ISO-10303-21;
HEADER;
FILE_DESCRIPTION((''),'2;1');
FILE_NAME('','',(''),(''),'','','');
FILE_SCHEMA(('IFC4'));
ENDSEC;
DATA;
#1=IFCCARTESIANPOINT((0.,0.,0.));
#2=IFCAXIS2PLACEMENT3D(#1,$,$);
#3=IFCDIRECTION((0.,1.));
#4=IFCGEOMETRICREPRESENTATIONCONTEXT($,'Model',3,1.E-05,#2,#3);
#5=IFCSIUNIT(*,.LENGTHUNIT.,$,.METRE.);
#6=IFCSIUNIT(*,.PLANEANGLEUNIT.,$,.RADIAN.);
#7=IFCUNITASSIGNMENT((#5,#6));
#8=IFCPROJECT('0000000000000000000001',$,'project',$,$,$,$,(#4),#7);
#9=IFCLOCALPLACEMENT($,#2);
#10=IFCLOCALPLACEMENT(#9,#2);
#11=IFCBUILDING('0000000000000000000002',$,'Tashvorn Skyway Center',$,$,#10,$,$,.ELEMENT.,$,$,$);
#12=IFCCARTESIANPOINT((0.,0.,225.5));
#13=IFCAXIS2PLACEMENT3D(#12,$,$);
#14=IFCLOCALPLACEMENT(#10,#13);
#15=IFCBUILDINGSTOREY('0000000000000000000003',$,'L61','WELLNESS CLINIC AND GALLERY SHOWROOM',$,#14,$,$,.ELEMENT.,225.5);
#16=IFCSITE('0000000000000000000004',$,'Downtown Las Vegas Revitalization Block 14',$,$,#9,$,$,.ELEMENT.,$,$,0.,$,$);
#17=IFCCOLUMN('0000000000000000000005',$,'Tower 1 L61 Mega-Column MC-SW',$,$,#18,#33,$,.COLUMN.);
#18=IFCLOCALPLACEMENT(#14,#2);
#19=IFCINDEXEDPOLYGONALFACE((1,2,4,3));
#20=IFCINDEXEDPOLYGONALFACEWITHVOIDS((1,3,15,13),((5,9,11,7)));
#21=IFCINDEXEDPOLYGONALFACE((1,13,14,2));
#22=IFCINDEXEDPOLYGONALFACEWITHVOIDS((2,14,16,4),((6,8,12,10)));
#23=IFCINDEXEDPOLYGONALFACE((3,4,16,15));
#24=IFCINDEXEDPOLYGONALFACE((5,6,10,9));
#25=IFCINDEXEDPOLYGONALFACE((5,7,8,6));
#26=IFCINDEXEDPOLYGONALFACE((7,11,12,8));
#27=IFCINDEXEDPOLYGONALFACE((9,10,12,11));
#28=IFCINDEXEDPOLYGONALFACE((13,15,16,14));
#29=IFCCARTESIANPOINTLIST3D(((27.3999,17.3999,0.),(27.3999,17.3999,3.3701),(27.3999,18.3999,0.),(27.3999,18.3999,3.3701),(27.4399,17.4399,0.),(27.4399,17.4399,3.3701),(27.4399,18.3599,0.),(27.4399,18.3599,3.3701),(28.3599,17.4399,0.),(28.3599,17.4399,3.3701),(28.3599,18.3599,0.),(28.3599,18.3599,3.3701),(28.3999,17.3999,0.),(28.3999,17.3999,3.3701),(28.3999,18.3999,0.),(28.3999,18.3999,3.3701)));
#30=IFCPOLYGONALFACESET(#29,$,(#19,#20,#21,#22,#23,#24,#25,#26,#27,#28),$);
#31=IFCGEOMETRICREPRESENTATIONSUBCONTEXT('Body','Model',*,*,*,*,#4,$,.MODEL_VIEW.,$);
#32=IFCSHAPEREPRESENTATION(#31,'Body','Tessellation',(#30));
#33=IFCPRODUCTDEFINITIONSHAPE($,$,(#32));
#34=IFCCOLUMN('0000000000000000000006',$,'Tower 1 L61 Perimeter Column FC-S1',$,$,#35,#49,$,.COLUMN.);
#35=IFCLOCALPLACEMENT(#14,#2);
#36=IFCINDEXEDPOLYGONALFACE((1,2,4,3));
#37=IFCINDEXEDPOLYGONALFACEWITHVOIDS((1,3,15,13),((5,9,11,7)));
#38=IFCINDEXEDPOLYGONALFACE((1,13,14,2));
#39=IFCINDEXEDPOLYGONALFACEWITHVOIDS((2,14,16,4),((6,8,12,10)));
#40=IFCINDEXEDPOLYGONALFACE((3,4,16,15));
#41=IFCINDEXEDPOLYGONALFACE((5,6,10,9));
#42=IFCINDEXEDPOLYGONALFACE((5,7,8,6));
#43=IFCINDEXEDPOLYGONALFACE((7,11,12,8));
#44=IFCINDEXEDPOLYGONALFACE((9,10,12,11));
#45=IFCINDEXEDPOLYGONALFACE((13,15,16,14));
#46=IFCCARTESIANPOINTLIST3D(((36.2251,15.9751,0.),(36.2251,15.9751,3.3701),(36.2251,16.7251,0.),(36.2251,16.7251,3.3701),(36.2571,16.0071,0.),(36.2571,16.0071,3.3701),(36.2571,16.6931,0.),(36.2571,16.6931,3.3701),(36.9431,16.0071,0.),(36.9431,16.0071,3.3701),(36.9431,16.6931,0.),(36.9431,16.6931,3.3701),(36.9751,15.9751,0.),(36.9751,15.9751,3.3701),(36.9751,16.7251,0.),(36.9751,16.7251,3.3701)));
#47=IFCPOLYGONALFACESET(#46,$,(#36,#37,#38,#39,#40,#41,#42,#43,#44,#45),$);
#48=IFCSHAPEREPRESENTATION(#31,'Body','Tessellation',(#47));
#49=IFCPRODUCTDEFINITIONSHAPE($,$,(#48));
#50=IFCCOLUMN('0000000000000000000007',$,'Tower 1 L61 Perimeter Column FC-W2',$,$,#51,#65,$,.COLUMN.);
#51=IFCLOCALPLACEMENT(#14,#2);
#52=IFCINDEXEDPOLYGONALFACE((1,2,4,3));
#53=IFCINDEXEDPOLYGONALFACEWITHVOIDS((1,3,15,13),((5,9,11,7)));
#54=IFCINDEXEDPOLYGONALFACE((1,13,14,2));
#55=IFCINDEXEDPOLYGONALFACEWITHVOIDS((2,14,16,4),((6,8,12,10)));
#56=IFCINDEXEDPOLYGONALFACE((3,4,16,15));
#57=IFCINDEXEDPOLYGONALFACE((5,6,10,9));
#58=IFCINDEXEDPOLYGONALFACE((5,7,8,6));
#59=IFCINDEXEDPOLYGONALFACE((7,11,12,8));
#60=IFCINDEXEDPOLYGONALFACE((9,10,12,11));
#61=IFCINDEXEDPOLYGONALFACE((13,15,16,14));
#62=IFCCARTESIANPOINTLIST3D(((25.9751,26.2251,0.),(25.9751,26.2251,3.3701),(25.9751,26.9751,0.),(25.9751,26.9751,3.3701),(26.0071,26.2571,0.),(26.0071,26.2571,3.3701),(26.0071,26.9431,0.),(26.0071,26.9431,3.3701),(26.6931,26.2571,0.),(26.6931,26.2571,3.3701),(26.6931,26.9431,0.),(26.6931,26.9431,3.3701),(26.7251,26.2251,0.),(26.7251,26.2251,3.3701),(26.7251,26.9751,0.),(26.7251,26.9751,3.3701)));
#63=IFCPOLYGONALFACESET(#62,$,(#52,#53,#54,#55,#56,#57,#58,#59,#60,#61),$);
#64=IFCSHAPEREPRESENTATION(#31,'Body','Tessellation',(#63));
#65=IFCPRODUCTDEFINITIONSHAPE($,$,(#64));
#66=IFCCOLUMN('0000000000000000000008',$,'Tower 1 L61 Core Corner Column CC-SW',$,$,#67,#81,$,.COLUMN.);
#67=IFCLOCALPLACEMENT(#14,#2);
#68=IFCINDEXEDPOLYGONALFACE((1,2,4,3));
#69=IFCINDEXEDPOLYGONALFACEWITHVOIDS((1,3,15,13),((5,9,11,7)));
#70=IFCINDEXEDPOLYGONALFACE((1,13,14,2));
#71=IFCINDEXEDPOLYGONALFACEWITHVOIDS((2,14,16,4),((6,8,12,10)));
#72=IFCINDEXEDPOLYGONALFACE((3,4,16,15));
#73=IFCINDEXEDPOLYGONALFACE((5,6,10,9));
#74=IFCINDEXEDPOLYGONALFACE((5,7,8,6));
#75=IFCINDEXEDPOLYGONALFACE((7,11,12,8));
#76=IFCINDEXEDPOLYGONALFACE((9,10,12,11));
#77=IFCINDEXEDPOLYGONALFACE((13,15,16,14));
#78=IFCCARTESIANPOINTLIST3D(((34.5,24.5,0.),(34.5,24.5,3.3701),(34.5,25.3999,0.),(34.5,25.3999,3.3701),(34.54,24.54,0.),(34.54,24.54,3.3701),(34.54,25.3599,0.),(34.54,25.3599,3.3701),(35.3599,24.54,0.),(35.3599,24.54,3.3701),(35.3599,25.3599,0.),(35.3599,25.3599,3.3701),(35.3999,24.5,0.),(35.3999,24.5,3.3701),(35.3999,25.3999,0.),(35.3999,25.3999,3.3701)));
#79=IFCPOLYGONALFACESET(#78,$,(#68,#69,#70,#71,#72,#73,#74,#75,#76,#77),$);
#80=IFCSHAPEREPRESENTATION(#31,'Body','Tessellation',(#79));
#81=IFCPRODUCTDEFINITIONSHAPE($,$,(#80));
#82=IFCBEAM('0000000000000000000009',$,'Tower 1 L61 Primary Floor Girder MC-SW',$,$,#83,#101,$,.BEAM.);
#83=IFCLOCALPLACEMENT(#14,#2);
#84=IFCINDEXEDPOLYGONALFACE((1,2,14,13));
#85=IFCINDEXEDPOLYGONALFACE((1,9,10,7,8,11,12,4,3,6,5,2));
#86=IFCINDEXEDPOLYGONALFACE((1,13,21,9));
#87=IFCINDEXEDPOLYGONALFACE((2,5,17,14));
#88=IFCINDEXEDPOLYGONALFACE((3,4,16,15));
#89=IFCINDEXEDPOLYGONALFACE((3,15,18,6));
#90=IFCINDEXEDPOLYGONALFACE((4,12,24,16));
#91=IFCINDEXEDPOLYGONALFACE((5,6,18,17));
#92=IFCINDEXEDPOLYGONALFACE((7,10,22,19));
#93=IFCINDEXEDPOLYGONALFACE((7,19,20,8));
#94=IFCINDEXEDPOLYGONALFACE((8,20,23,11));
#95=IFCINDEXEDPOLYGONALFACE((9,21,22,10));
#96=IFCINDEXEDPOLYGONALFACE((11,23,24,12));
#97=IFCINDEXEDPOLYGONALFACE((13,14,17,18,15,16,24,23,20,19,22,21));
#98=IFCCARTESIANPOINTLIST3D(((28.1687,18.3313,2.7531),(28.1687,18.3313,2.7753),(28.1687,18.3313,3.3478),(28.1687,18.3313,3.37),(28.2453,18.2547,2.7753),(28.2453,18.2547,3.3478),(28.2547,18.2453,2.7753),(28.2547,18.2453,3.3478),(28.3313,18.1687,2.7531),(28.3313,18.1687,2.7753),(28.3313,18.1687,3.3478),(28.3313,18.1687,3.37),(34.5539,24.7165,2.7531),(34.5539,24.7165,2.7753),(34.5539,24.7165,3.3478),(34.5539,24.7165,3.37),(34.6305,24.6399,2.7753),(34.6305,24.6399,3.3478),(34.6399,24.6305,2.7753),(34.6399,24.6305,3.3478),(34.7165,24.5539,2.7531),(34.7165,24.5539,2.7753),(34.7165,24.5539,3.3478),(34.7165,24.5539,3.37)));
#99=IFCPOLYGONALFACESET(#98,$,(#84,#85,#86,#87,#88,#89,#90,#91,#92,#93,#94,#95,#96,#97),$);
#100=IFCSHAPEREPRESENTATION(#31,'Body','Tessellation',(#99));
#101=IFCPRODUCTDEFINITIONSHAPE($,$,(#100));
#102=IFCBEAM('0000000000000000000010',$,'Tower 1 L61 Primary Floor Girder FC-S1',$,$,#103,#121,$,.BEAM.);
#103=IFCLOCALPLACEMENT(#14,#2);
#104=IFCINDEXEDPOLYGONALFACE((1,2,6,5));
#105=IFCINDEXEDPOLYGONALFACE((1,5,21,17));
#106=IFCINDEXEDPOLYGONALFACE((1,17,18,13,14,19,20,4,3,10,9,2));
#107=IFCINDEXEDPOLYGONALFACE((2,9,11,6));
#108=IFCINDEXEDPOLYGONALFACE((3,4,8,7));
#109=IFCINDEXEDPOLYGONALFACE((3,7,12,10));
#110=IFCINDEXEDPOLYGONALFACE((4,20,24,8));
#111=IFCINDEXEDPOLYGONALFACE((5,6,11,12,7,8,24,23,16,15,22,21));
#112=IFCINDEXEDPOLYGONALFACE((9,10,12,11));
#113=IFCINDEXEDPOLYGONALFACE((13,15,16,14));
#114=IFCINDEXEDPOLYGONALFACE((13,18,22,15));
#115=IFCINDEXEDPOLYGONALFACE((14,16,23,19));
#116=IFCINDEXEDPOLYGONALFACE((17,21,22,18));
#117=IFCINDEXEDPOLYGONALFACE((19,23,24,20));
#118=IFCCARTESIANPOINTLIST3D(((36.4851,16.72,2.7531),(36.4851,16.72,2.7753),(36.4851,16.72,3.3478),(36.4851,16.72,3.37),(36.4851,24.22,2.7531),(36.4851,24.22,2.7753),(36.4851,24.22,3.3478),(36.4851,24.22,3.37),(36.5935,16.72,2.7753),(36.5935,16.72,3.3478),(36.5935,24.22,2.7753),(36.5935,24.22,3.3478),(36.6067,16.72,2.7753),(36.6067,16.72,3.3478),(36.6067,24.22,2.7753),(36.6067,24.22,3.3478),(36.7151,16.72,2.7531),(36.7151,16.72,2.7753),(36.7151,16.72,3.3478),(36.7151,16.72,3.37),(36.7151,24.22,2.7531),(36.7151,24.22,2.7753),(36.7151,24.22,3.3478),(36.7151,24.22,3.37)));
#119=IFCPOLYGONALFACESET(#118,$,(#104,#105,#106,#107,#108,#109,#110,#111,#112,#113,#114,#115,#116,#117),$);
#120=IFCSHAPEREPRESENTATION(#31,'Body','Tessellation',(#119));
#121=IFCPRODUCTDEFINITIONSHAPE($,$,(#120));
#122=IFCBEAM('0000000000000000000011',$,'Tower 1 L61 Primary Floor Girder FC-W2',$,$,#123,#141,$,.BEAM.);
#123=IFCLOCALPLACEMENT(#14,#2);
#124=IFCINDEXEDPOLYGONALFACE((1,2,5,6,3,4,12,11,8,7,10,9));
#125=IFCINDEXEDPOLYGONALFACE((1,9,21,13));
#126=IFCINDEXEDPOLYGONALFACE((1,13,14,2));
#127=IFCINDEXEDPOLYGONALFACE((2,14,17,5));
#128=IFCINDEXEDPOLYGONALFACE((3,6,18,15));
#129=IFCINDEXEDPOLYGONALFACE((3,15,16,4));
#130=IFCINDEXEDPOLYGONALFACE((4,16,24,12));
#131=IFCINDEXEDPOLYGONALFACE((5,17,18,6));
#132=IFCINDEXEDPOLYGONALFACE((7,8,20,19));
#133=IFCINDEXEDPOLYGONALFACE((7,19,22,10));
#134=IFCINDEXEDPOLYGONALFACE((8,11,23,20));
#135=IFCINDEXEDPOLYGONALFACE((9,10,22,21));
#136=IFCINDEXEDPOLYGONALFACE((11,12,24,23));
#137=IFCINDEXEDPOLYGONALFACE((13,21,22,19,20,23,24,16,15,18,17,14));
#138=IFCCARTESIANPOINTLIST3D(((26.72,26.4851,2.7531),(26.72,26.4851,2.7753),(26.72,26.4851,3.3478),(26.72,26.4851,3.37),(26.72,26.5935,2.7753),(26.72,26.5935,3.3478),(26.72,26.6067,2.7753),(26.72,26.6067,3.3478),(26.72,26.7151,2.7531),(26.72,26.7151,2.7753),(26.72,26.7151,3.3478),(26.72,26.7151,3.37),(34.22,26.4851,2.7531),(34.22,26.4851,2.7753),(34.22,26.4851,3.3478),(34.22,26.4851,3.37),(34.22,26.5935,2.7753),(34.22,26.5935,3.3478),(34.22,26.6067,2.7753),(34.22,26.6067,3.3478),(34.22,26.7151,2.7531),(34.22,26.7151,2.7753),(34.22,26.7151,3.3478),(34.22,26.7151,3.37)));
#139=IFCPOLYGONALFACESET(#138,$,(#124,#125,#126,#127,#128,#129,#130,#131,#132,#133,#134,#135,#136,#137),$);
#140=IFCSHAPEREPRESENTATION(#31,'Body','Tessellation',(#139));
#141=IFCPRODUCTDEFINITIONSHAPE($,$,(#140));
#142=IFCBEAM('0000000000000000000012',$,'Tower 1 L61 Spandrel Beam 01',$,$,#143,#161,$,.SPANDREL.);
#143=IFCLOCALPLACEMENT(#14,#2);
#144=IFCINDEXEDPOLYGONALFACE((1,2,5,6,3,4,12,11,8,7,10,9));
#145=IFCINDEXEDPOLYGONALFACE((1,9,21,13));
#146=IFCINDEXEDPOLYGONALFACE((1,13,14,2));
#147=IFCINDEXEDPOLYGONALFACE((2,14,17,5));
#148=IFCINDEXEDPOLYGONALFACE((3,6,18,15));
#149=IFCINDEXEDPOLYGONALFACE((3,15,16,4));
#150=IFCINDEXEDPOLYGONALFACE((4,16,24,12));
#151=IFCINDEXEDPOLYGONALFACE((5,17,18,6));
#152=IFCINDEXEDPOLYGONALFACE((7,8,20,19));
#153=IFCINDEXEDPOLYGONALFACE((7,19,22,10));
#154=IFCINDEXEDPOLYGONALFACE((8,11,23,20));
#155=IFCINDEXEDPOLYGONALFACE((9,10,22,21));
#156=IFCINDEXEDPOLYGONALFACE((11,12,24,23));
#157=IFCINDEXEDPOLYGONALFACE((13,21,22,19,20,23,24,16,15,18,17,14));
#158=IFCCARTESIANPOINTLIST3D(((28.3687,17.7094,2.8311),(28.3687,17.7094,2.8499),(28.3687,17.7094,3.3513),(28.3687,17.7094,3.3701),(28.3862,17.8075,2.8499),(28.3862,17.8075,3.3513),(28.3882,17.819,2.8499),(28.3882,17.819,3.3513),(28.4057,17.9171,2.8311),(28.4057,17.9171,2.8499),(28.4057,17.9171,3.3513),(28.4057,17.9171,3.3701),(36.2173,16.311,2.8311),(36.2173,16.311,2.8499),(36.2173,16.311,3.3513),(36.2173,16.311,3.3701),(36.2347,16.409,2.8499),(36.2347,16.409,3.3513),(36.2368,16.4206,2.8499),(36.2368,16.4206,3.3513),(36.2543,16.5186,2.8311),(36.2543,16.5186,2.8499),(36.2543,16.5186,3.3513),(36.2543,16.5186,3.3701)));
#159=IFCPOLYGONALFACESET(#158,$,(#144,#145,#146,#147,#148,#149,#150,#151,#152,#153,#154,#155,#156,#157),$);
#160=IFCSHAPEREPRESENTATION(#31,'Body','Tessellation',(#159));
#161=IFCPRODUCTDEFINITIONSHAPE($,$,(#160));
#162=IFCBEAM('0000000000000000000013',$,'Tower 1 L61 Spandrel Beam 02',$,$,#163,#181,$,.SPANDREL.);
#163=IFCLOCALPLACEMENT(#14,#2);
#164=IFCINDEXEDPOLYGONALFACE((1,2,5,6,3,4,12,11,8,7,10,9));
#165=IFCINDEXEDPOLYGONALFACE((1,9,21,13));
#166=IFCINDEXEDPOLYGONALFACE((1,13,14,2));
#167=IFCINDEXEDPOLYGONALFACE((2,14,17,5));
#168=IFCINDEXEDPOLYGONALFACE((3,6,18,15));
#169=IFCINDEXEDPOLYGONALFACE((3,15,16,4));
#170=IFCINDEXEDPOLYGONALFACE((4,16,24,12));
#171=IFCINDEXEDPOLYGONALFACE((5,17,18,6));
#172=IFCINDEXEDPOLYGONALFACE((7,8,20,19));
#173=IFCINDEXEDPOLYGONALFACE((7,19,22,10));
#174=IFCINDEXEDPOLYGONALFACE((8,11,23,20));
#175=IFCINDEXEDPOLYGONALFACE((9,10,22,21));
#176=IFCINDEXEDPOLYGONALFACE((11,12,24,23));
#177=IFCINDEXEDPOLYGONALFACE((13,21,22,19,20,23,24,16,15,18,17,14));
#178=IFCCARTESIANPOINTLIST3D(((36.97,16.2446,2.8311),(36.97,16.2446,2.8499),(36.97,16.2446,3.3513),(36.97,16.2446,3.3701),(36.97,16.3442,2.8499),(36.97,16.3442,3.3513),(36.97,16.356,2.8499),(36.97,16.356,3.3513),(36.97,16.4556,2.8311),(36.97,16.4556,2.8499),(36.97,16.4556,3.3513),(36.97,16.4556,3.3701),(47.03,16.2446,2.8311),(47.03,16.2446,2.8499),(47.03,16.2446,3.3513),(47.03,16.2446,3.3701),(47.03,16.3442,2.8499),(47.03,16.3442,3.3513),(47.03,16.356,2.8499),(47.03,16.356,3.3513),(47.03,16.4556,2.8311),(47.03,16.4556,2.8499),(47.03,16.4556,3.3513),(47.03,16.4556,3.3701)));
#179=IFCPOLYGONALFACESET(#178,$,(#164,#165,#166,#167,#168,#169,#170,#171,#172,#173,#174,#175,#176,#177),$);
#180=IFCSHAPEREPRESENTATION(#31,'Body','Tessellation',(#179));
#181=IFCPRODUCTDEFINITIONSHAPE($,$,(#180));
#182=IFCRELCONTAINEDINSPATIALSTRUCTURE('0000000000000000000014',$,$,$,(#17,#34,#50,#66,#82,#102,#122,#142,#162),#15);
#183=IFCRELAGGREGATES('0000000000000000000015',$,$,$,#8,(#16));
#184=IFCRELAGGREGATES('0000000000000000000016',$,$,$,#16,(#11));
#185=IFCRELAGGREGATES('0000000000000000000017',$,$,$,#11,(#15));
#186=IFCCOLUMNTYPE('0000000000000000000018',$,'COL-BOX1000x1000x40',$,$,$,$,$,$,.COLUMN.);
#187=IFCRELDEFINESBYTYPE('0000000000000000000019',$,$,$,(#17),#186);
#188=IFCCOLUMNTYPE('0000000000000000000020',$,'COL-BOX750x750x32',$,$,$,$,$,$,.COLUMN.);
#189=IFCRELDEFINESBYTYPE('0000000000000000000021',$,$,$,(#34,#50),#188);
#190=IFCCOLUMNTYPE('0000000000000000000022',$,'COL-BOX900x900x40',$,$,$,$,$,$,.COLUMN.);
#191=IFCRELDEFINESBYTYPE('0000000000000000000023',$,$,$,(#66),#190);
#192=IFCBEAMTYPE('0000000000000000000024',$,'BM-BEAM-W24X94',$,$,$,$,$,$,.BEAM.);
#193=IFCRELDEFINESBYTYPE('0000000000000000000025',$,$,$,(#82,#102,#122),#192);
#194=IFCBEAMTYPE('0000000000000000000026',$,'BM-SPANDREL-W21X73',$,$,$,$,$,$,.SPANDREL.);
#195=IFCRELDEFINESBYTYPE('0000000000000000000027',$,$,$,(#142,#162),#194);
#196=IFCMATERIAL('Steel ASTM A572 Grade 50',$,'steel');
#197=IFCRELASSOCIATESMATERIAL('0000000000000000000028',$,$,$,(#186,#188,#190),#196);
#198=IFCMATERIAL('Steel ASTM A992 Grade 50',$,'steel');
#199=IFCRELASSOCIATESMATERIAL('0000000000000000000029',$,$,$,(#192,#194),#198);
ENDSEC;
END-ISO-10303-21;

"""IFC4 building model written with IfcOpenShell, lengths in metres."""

from ifc_helpers import new_model, si_unit, direction, frame, origin, origin_2d, place, context, subcontext, project, spatial, hollow_rectangle, i_section, extrude, material, material_profile, profile_set, type_object, element, save


model = new_model("IFC4")

# Units and contexts
model_context = context("Model", 3, precision=1e-05, world=origin(), true_north=direction((0.0, 1.0)))
body_context = subcontext(model_context, "Body", "Model", "MODEL_VIEW")
ifc_project = project(units=[si_unit("LENGTHUNIT", "METRE"), si_unit("PLANEANGLEUNIT", "RADIAN")], contexts=[model_context])

# Site, building, storey
site_placement = place(None, origin())
site = spatial("IfcSite", under=ifc_project, at=site_placement, Name="Downtown Las Vegas Revitalization Block 14", CompositionType="ELEMENT", RefElevation=0.0)
building_placement = place(site_placement, origin())
building = spatial("IfcBuilding", under=site, at=building_placement, Name="Tashvorn Skyway Center", CompositionType="ELEMENT")
storey_placement = place(building_placement, frame((0.0, 0.0, 225.5)))
storey = spatial("IfcBuildingStorey", under=building, at=storey_placement, Name="L61", Description="WELLNESS CLINIC AND GALLERY SHOWROOM", CompositionType="ELEMENT", Elevation=225.5)

# Columns
ifc_material_1 = material(Name="Steel ASTM A572 Grade 50", Category="steel")
ifc_material_profile_1 = material_profile(ifc_material_1, hollow_rectangle(XDim=1.0, YDim=1.0, WallThickness=0.04, at=origin_2d()), Name="BOX1000x1000x40")
ifc_profile_set_1 = profile_set([ifc_material_profile_1], Name="Steel ASTM A572 Grade 50")
column_type_1 = type_object("IfcColumnType", Name="COL-BOX1000x1000x40", PredefinedType="COLUMN", material=ifc_profile_set_1)
column_1_placement = place(storey_placement, frame((27.8999, 17.8999, 0.0), z_axis=(0.0, 0.0, 1.0), x_axis=(1.0, 0.0, 0.0)))
element("IfcColumn", 1, at=column_1_placement, inside=storey, type_object=column_type_1, Name="Tower 1 L61 Mega-Column MC-SW", PredefinedType="COLUMN", context=body_context, shape_type="SweptSolid", body=[
    extrude(hollow_rectangle(XDim=1.0, YDim=1.0, WallThickness=0.04, at=origin_2d()), origin(), (0.0, 0.0, 1.0), 3.3701),
])
ifc_material_profile_2 = material_profile(ifc_material_1, hollow_rectangle(XDim=0.75, YDim=0.75, WallThickness=0.032, at=origin_2d()), Name="BOX750x750x32")
ifc_profile_set_2 = profile_set([ifc_material_profile_2], Name="Steel ASTM A572 Grade 50")
column_type_2 = type_object("IfcColumnType", Name="COL-BOX750x750x32", PredefinedType="COLUMN", material=ifc_profile_set_2)
for number, where, z_axis, x_axis, name in (
    (2, (36.6001, 16.3501, 0.0), (0.0, 0.0, 1.0), (1.0, 0.0, 0.0), "Tower 1 L61 Perimeter Column FC-S1"),
    (3, (26.3501, 26.6001, 0.0), (0.0, 0.0, 1.0), (1.0, 0.0, 0.0), "Tower 1 L61 Perimeter Column FC-W2"),
):
    element("IfcColumn", number, at=place(storey_placement, frame(where, z_axis=z_axis, x_axis=x_axis)), inside=storey, type_object=column_type_2, Name=name, PredefinedType="COLUMN", context=body_context, shape_type="SweptSolid", body=[
        extrude(hollow_rectangle(XDim=0.75, YDim=0.75, WallThickness=0.032, at=origin_2d()), origin(), (0.0, 0.0, 1.0), 3.3701),
    ])
ifc_material_profile_3 = material_profile(ifc_material_1, hollow_rectangle(XDim=0.8999, YDim=0.8999, WallThickness=0.04, at=origin_2d()), Name="BOX900x900x40")
ifc_profile_set_3 = profile_set([ifc_material_profile_3], Name="Steel ASTM A572 Grade 50")
column_type_3 = type_object("IfcColumnType", Name="COL-BOX900x900x40", PredefinedType="COLUMN", material=ifc_profile_set_3)
column_2_placement = place(storey_placement, frame((34.95, 24.95, 0.0), z_axis=(0.0, 0.0, 1.0), x_axis=(1.0, 0.0, 0.0)))
element("IfcColumn", 4, at=column_2_placement, inside=storey, type_object=column_type_3, Name="Tower 1 L61 Core Corner Column CC-SW", PredefinedType="COLUMN", context=body_context, shape_type="SweptSolid", body=[
    extrude(hollow_rectangle(XDim=0.8999, YDim=0.8999, WallThickness=0.04, at=origin_2d()), origin(), (0.0, 0.0, 1.0), 3.3701),
])

# Beams
ifc_material_2 = material(Name="Steel ASTM A992 Grade 50", Category="steel")
ifc_material_profile_4 = material_profile(ifc_material_2, i_section(OverallWidth=0.23, OverallDepth=0.6169, WebThickness=0.0132, FlangeThickness=0.0222, at=origin_2d()), Name="W24X94")
ifc_profile_set_4 = profile_set([ifc_material_profile_4], Name="Steel ASTM A992 Grade 50")
beam_type_1 = type_object("IfcBeamType", Name="BM-BEAM-W24X94", PredefinedType="BEAM", material=ifc_profile_set_4)
beam_1_placement = place(storey_placement, frame((28.25, 18.25, 3.0615), z_axis=(0.707107, 0.707107, 0.0), x_axis=(-0.707107, 0.707107, 0.0)))
element("IfcBeam", 5, at=beam_1_placement, inside=storey, type_object=beam_type_1, Name="Tower 1 L61 Primary Floor Girder MC-SW", PredefinedType="BEAM", context=body_context, shape_type="SweptSolid", body=[
    extrude(i_section(OverallWidth=0.23, OverallDepth=0.6169, WebThickness=0.0132, FlangeThickness=0.0222, at=origin_2d()), origin(), (0.0, 0.0, 1.0), 9.03),
])
for number, where, z_axis, x_axis, name in (
    (6, (36.6001, 16.72, 3.0615), (0.0, 1.0, 0.0), (-1.0, 0.0, 0.0), "Tower 1 L61 Primary Floor Girder FC-S1"),
    (7, (26.72, 26.6001, 3.0615), (1.0, 0.0, 0.0), (0.0, 1.0, 0.0), "Tower 1 L61 Primary Floor Girder FC-W2"),
):
    element("IfcBeam", number, at=place(storey_placement, frame(where, z_axis=z_axis, x_axis=x_axis)), inside=storey, type_object=beam_type_1, Name=name, PredefinedType="BEAM", context=body_context, shape_type="SweptSolid", body=[
        extrude(i_section(OverallWidth=0.23, OverallDepth=0.6169, WebThickness=0.0132, FlangeThickness=0.0222, at=origin_2d()), origin(), (0.0, 0.0, 1.0), 7.5),
    ])
ifc_material_profile_5 = material_profile(ifc_material_2, i_section(OverallWidth=0.2109, OverallDepth=0.5391, WebThickness=0.0117, FlangeThickness=0.0188, at=origin_2d()), Name="W21X73")
ifc_profile_set_5 = profile_set([ifc_material_profile_5], Name="Steel ASTM A992 Grade 50")
beam_type_2 = type_object("IfcBeamType", Name="BM-SPANDREL-W21X73", PredefinedType="SPANDREL", material=ifc_profile_set_5)
beam_2_placement = place(storey_placement, frame((28.3872, 17.8132, 3.1006), z_axis=(0.984495, -0.175413, 0.0), x_axis=(0.175413, 0.984495, 0.0)))
element("IfcBeam", 8, at=beam_2_placement, inside=storey, type_object=beam_type_2, Name="Tower 1 L61 Spandrel Beam 01", PredefinedType="SPANDREL", context=body_context, shape_type="SweptSolid", body=[
    extrude(i_section(OverallWidth=0.2109, OverallDepth=0.5391, WebThickness=0.0117, FlangeThickness=0.0188, at=origin_2d()), origin(), (0.0, 0.0, 1.0), 7.9722),
])
beam_3_placement = place(storey_placement, frame((36.97, 16.3501, 3.1006), z_axis=(1.0, 0.0, 0.0), x_axis=(0.0, 1.0, 0.0)))
element("IfcBeam", 9, at=beam_3_placement, inside=storey, type_object=beam_type_2, Name="Tower 1 L61 Spandrel Beam 02", PredefinedType="SPANDREL", context=body_context, shape_type="SweptSolid", body=[
    extrude(i_section(OverallWidth=0.2109, OverallDepth=0.5391, WebThickness=0.0117, FlangeThickness=0.0188, at=origin_2d()), origin(), (0.0, 0.0, 1.0), 10.0601),
])

save(model, "model.ifc")
